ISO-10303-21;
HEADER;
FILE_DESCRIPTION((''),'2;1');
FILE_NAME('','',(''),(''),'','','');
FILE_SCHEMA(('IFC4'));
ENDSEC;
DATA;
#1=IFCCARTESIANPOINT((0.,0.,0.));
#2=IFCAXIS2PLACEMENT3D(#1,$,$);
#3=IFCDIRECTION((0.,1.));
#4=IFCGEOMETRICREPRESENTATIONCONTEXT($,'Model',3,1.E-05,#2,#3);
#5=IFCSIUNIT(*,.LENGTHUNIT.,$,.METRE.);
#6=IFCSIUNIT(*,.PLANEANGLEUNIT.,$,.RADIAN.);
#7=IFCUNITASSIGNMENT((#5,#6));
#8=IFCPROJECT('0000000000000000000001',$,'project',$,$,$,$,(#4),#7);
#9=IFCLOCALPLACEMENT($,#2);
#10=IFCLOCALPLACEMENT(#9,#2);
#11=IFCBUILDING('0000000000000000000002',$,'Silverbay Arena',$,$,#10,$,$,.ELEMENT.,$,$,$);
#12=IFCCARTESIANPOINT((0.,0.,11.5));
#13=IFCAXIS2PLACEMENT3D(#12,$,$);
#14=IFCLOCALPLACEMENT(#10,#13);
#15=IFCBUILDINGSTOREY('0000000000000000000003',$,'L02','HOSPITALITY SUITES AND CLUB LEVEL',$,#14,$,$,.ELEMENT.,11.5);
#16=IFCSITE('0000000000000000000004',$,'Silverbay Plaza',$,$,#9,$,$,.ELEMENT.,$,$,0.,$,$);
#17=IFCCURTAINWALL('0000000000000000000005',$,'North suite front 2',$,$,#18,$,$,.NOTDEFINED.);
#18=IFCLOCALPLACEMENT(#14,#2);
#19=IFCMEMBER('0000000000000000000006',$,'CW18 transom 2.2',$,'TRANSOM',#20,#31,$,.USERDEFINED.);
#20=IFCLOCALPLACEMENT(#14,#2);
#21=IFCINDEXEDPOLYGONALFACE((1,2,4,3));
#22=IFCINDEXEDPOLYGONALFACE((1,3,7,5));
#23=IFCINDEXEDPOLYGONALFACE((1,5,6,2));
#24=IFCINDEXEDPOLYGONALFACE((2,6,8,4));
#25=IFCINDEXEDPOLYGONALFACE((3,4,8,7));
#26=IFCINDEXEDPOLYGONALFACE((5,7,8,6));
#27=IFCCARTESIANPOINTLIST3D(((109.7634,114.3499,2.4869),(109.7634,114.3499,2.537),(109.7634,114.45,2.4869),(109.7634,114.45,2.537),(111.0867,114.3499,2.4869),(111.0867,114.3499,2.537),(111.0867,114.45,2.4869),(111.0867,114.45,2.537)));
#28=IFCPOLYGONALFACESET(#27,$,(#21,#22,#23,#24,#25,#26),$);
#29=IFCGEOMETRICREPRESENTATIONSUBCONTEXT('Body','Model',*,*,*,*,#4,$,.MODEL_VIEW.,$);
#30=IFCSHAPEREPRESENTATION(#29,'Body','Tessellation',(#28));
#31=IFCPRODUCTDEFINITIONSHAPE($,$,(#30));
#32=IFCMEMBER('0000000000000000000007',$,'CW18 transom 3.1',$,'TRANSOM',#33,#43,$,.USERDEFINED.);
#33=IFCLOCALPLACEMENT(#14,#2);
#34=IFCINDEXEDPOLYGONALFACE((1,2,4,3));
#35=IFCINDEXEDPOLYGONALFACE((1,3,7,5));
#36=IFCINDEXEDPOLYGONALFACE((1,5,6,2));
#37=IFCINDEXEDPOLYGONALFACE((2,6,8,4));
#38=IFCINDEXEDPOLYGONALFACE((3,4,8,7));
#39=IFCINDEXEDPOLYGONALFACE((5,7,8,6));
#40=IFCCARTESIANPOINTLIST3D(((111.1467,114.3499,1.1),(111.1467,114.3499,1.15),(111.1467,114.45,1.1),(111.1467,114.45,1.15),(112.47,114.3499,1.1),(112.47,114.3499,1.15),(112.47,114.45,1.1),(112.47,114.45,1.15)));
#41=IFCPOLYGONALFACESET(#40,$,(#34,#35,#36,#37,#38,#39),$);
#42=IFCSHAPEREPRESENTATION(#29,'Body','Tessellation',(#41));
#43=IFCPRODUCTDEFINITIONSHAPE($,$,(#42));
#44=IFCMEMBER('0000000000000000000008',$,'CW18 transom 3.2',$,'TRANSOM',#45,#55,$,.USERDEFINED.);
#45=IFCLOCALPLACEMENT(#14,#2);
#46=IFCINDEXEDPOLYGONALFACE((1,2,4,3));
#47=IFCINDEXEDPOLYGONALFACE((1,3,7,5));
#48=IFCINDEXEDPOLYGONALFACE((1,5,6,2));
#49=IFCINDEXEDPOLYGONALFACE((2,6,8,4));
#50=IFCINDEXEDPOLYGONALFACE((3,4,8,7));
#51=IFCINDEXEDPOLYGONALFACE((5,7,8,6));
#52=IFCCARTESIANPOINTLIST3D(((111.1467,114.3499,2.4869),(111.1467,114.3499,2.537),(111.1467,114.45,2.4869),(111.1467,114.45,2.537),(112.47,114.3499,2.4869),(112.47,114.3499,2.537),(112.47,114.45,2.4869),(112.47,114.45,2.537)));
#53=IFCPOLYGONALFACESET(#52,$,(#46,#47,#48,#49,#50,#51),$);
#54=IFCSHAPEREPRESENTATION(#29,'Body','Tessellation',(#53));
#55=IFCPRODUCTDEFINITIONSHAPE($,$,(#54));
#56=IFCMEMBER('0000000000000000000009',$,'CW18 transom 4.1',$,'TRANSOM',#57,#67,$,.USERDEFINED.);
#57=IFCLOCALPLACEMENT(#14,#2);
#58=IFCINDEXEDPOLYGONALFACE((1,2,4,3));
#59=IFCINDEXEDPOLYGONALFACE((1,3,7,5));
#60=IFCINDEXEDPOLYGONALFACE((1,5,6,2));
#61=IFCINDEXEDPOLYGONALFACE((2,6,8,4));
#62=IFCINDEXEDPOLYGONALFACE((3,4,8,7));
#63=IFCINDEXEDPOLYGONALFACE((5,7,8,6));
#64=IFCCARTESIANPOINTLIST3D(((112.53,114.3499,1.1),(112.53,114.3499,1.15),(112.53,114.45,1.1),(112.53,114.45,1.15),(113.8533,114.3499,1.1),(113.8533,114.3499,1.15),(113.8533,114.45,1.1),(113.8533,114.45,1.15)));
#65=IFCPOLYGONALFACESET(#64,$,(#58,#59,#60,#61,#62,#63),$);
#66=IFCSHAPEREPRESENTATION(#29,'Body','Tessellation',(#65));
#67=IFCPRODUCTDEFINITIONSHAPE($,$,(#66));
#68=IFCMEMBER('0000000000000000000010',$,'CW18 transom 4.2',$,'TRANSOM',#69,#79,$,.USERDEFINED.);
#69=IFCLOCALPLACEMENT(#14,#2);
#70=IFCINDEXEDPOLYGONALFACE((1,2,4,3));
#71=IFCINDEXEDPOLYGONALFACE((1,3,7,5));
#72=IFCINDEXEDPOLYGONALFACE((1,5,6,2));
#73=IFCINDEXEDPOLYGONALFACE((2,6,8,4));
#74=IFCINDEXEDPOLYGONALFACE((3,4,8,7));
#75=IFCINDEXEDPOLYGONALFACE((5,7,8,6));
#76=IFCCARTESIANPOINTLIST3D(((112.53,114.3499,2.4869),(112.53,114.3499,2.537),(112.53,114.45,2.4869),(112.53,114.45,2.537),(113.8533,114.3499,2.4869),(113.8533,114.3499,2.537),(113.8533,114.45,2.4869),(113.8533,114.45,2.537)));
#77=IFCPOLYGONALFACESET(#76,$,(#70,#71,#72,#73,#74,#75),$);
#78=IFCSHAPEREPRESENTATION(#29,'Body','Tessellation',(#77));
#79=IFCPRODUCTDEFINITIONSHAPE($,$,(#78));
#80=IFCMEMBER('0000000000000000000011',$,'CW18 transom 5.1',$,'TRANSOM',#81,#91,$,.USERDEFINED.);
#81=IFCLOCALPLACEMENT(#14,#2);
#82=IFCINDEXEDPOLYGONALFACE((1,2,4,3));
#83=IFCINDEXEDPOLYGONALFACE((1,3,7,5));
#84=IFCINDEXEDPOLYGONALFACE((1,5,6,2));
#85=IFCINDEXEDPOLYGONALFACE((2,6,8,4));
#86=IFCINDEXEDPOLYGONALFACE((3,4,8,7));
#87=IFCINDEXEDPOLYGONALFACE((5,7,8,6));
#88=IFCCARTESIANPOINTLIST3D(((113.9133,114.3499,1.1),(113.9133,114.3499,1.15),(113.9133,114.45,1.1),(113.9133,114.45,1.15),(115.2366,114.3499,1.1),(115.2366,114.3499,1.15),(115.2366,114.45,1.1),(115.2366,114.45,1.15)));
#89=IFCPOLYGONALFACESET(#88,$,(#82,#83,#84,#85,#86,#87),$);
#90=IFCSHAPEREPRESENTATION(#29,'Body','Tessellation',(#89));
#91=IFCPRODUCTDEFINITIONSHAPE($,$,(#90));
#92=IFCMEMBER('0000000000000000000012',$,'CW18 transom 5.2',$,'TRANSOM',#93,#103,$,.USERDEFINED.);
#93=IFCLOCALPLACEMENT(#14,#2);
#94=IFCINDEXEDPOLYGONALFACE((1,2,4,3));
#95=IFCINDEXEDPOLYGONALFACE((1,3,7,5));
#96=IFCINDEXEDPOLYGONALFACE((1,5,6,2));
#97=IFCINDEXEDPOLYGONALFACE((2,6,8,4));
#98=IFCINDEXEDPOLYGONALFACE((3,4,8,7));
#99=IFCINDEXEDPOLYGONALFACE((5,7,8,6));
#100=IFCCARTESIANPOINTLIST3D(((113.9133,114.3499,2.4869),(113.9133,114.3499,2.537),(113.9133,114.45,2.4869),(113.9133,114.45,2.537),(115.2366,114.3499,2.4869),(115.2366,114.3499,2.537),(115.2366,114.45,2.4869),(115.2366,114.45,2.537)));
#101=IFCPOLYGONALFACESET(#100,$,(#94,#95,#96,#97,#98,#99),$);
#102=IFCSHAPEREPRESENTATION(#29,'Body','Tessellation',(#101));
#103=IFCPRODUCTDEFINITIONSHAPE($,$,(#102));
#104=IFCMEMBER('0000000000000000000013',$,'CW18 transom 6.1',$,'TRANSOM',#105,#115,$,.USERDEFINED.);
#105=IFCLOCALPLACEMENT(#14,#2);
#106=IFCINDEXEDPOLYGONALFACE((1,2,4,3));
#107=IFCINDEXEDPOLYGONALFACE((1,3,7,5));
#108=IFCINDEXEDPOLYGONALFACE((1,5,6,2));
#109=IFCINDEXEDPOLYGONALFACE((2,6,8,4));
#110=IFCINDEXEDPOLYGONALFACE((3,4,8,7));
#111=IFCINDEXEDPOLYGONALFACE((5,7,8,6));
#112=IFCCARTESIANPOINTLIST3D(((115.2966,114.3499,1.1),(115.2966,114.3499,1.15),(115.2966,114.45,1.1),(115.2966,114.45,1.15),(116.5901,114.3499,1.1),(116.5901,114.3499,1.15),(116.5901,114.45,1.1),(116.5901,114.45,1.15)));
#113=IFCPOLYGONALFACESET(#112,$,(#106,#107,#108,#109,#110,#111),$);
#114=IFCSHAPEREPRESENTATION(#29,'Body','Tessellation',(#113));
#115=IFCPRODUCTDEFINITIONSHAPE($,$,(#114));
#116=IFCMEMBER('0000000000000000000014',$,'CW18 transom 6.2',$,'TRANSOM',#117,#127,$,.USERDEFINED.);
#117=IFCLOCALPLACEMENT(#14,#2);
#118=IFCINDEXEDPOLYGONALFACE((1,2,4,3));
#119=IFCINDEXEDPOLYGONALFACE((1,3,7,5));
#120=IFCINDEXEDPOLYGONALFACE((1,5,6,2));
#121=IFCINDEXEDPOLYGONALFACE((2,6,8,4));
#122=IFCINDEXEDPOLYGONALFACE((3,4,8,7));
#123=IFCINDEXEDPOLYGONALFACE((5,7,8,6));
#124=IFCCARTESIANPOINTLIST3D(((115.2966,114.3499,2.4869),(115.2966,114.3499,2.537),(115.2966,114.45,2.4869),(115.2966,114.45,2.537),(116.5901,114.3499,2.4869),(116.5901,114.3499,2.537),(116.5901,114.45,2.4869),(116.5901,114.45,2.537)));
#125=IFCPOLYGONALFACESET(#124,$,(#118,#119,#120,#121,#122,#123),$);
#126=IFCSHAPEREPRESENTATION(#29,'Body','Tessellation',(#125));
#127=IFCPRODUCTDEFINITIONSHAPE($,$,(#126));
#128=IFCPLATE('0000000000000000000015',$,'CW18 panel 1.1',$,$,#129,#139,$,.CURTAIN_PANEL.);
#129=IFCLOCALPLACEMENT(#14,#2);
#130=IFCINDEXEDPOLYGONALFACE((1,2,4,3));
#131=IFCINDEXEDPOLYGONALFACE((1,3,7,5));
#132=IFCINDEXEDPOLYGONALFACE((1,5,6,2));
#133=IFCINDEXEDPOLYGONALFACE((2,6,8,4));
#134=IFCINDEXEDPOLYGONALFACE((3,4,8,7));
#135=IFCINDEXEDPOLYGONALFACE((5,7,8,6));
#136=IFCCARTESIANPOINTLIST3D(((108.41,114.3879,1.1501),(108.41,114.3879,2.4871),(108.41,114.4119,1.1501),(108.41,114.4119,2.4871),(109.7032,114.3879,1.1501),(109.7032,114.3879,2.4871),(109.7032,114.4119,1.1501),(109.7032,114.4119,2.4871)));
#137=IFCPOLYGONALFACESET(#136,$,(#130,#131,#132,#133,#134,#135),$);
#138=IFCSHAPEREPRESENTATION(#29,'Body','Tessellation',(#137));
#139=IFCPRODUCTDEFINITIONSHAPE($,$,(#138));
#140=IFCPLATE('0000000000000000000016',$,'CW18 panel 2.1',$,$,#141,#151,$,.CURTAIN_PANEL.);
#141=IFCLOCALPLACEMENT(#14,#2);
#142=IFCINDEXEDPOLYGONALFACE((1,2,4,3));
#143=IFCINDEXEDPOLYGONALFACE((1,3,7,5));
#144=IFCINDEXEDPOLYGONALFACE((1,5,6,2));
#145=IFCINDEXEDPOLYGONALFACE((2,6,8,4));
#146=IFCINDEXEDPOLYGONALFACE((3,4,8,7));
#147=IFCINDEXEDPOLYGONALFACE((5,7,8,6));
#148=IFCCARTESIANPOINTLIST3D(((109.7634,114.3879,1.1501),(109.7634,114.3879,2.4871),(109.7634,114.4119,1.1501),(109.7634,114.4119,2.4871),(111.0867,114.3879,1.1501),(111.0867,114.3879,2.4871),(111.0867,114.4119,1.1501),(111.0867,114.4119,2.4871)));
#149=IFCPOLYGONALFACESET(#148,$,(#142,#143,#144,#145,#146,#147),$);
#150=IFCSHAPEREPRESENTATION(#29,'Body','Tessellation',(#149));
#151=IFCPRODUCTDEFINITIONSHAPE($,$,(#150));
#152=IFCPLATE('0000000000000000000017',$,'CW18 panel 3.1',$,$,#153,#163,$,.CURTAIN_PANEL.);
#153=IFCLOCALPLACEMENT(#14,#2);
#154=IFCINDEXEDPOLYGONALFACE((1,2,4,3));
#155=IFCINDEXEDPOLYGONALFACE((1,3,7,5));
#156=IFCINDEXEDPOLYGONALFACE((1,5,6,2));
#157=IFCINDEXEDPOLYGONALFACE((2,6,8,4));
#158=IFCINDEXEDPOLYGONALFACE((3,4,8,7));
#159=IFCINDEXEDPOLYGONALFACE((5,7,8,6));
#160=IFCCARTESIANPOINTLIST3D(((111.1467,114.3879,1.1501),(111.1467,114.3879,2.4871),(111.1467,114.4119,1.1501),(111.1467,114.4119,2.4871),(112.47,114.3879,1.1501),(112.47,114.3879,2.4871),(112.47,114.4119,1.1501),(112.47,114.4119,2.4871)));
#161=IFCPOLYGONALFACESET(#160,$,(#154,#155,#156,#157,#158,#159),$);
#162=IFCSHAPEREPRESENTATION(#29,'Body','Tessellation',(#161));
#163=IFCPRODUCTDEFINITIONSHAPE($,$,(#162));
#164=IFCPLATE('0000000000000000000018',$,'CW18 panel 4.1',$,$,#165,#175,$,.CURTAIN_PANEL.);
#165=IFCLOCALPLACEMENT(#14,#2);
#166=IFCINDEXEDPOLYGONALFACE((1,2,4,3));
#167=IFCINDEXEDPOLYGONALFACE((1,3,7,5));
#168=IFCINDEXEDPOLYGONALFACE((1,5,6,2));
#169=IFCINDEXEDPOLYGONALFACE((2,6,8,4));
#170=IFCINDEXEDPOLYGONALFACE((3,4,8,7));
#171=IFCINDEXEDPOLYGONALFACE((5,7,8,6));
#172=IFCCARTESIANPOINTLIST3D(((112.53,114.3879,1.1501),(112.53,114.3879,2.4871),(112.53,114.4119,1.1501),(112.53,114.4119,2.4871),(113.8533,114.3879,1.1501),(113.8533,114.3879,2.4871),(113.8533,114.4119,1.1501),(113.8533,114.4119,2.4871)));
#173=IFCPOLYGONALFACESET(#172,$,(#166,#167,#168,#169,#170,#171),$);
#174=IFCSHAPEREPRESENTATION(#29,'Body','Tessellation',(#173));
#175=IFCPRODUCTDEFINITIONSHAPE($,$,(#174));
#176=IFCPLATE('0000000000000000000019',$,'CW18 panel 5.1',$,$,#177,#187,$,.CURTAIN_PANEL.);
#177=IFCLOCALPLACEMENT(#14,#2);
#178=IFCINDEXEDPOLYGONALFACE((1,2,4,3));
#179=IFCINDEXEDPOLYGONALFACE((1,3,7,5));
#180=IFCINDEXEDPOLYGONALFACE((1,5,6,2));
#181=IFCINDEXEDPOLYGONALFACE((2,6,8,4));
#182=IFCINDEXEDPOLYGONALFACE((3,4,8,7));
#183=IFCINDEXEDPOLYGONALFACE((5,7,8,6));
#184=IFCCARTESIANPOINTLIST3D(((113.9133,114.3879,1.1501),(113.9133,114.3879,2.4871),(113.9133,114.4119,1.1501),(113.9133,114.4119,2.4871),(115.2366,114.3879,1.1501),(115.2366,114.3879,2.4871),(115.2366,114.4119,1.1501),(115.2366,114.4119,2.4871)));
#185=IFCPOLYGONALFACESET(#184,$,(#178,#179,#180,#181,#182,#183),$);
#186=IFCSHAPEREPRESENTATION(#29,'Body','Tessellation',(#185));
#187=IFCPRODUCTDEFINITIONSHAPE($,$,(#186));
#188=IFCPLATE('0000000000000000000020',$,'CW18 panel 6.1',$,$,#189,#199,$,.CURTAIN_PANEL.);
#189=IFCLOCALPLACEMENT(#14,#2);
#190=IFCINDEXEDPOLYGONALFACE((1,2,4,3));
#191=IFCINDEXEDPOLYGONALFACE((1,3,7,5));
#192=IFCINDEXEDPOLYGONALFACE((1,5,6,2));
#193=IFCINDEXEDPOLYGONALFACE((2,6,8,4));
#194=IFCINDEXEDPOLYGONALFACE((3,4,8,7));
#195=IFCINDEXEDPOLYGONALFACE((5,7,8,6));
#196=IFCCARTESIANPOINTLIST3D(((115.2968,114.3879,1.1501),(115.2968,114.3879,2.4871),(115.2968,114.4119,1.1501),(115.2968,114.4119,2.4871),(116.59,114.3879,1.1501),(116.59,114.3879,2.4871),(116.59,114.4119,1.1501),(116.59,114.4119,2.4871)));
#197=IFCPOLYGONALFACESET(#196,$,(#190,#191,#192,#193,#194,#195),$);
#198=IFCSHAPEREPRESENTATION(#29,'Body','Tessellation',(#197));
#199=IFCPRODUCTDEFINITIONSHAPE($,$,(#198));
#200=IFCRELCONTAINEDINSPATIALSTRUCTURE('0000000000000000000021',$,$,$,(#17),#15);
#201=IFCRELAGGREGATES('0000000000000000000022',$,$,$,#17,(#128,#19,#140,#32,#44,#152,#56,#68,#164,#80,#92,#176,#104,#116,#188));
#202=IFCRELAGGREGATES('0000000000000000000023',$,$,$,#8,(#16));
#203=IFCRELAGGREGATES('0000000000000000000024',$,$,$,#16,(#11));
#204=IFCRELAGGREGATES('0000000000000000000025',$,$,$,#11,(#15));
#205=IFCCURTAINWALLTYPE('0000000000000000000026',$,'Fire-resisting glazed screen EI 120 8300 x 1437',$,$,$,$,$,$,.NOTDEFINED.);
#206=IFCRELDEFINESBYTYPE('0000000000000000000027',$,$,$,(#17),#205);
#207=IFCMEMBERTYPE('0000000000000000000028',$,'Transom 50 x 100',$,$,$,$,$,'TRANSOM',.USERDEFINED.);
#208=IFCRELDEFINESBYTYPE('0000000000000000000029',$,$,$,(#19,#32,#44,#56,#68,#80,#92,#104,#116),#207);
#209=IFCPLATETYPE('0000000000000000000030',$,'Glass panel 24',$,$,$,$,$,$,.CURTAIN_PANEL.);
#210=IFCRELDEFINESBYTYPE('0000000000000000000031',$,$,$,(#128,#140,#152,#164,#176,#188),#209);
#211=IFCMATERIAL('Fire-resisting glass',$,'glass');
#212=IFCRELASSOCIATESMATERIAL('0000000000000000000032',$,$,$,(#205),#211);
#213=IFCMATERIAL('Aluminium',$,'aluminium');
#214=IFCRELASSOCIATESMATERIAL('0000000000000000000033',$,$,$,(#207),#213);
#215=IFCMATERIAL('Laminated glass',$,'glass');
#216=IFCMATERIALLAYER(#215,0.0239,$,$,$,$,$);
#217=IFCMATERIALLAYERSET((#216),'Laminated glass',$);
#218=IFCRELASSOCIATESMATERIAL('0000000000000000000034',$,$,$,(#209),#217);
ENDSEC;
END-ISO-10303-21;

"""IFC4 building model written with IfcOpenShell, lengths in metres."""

from ifc_helpers import new_model, si_unit, direction, frame, origin, origin_2d, place, context, subcontext, project, spatial, rectangle, extrude, material, layer, layer_set, material_profile, profile_set, type_object, element, aggregate, save


model = new_model("IFC4")

# Units and contexts
model_context = context("Model", 3, precision=1e-05, world=origin(), true_north=direction((0.0, 1.0)))
body_context = subcontext(model_context, "Body", "Model", "MODEL_VIEW")
ifc_project = project(units=[si_unit("LENGTHUNIT", "METRE"), si_unit("PLANEANGLEUNIT", "RADIAN")], contexts=[model_context])

# Site, building, storey
site_placement = place(None, origin())
site = spatial("IfcSite", under=ifc_project, at=site_placement, Name="Silverbay Plaza", CompositionType="ELEMENT", RefElevation=0.0)
building_placement = place(site_placement, origin())
building = spatial("IfcBuilding", under=site, at=building_placement, Name="Silverbay Arena", CompositionType="ELEMENT")
storey_placement = place(building_placement, frame((0.0, 0.0, 11.5)))
storey = spatial("IfcBuildingStorey", under=building, at=storey_placement, Name="L02", Description="HOSPITALITY SUITES AND CLUB LEVEL", CompositionType="ELEMENT", Elevation=11.5)

# Curtain wall
ifc_material_1 = material(Name="Fire-resisting glass", Category="glass")
curtain_wall_type_1 = type_object("IfcCurtainWallType", Name="Fire-resisting glazed screen EI 120 8300 x 1437", PredefinedType="NOTDEFINED", material=ifc_material_1)
curtain_wall_1_placement = place(storey_placement, origin())
curtain_wall_1 = element("IfcCurtainWall", 1, at=curtain_wall_1_placement, inside=storey, type_object=curtain_wall_type_1, Name="North suite front 2", PredefinedType="NOTDEFINED")

# Members
ifc_material_2 = material(Name="Aluminium", Category="aluminium")
ifc_material_profile_1 = material_profile(ifc_material_2, rectangle(XDim=0.1001, YDim=0.05, at=origin_2d()), Name="Transom 50 x 100")
ifc_profile_set_1 = profile_set([ifc_material_profile_1], Name="Aluminium")
member_type_1 = type_object("IfcMemberType", Name="Transom 50 x 100", ElementType="TRANSOM", PredefinedType="USERDEFINED", material=ifc_profile_set_1)
member_1_placement = place(storey_placement, frame((109.7634, 114.3999, 2.512), z_axis=(1.0, 0.0, 0.0), x_axis=(0.0, 1.0, 0.0)))
member_1 = element("IfcMember", 2, at=member_1_placement, type_object=member_type_1, Name="CW18 transom 2.2", ObjectType="TRANSOM", PredefinedType="USERDEFINED", context=body_context, shape_type="SweptSolid", body=[
    extrude(rectangle(XDim=0.1001, YDim=0.05, at=origin_2d()), origin(), (0.0, 0.0, 1.0), 1.3232),
])
member_2_placement = place(storey_placement, frame((111.1467, 114.3999, 1.125), z_axis=(1.0, 0.0, 0.0), x_axis=(0.0, 1.0, 0.0)))
member_2 = element("IfcMember", 3, at=member_2_placement, type_object=member_type_1, Name="CW18 transom 3.1", ObjectType="TRANSOM", PredefinedType="USERDEFINED", context=body_context, shape_type="SweptSolid", body=[
    extrude(rectangle(XDim=0.1001, YDim=0.05, at=origin_2d()), origin(), (0.0, 0.0, 1.0), 1.3232),
])
member_3_placement = place(storey_placement, frame((111.1467, 114.3999, 2.512), z_axis=(1.0, 0.0, 0.0), x_axis=(0.0, 1.0, 0.0)))
member_3 = element("IfcMember", 4, at=member_3_placement, type_object=member_type_1, Name="CW18 transom 3.2", ObjectType="TRANSOM", PredefinedType="USERDEFINED", context=body_context, shape_type="SweptSolid", body=[
    extrude(rectangle(XDim=0.1001, YDim=0.05, at=origin_2d()), origin(), (0.0, 0.0, 1.0), 1.3232),
])
member_4_placement = place(storey_placement, frame((112.53, 114.3999, 1.125), z_axis=(1.0, 0.0, 0.0), x_axis=(0.0, 1.0, 0.0)))
member_4 = element("IfcMember", 5, at=member_4_placement, type_object=member_type_1, Name="CW18 transom 4.1", ObjectType="TRANSOM", PredefinedType="USERDEFINED", context=body_context, shape_type="SweptSolid", body=[
    extrude(rectangle(XDim=0.1001, YDim=0.05, at=origin_2d()), origin(), (0.0, 0.0, 1.0), 1.3232),
])
member_5_placement = place(storey_placement, frame((112.53, 114.3999, 2.512), z_axis=(1.0, 0.0, 0.0), x_axis=(0.0, 1.0, 0.0)))
member_5 = element("IfcMember", 6, at=member_5_placement, type_object=member_type_1, Name="CW18 transom 4.2", ObjectType="TRANSOM", PredefinedType="USERDEFINED", context=body_context, shape_type="SweptSolid", body=[
    extrude(rectangle(XDim=0.1001, YDim=0.05, at=origin_2d()), origin(), (0.0, 0.0, 1.0), 1.3232),
])
member_6_placement = place(storey_placement, frame((113.9133, 114.3999, 1.125), z_axis=(1.0, 0.0, 0.0), x_axis=(0.0, 1.0, 0.0)))
member_6 = element("IfcMember", 7, at=member_6_placement, type_object=member_type_1, Name="CW18 transom 5.1", ObjectType="TRANSOM", PredefinedType="USERDEFINED", context=body_context, shape_type="SweptSolid", body=[
    extrude(rectangle(XDim=0.1001, YDim=0.05, at=origin_2d()), origin(), (0.0, 0.0, 1.0), 1.3232),
])
member_7_placement = place(storey_placement, frame((113.9133, 114.3999, 2.512), z_axis=(1.0, 0.0, 0.0), x_axis=(0.0, 1.0, 0.0)))
member_7 = element("IfcMember", 8, at=member_7_placement, type_object=member_type_1, Name="CW18 transom 5.2", ObjectType="TRANSOM", PredefinedType="USERDEFINED", context=body_context, shape_type="SweptSolid", body=[
    extrude(rectangle(XDim=0.1001, YDim=0.05, at=origin_2d()), origin(), (0.0, 0.0, 1.0), 1.3232),
])
member_8_placement = place(storey_placement, frame((115.2966, 114.3999, 1.125), z_axis=(1.0, 0.0, 0.0), x_axis=(0.0, 1.0, 0.0)))
member_8 = element("IfcMember", 9, at=member_8_placement, type_object=member_type_1, Name="CW18 transom 6.1", ObjectType="TRANSOM", PredefinedType="USERDEFINED", context=body_context, shape_type="SweptSolid", body=[
    extrude(rectangle(XDim=0.1001, YDim=0.05, at=origin_2d()), origin(), (0.0, 0.0, 1.0), 1.2935),
])
member_9_placement = place(storey_placement, frame((115.2966, 114.3999, 2.512), z_axis=(1.0, 0.0, 0.0), x_axis=(0.0, 1.0, 0.0)))
member_9 = element("IfcMember", 10, at=member_9_placement, type_object=member_type_1, Name="CW18 transom 6.2", ObjectType="TRANSOM", PredefinedType="USERDEFINED", context=body_context, shape_type="SweptSolid", body=[
    extrude(rectangle(XDim=0.1001, YDim=0.05, at=origin_2d()), origin(), (0.0, 0.0, 1.0), 1.2935),
])

# Plates
ifc_material_3 = material(Name="Laminated glass", Category="glass")
ifc_layer_1 = layer(ifc_material_3, 0.0239)
ifc_layer_set_1 = layer_set([ifc_layer_1], Name="Laminated glass")
plate_type = type_object("IfcPlateType", Name="Glass panel 24", PredefinedType="CURTAIN_PANEL", material=ifc_layer_set_1)
plate_1_placement = place(storey_placement, frame((109.0566, 114.3999, 1.1501), z_axis=(0.0, 0.0, 1.0), x_axis=(1.0, 0.0, 0.0)))
plate_1 = element("IfcPlate", 11, at=plate_1_placement, type_object=plate_type, Name="CW18 panel 1.1", PredefinedType="CURTAIN_PANEL", context=body_context, shape_type="SweptSolid", body=[
    extrude(rectangle(XDim=1.2932, YDim=0.0239, at=origin_2d()), origin(), (0.0, 0.0, 1.0), 1.3369),
])
plate_2_placement = place(storey_placement, frame((110.425, 114.3999, 1.1501), z_axis=(0.0, 0.0, 1.0), x_axis=(1.0, 0.0, 0.0)))
plate_2 = element("IfcPlate", 12, at=plate_2_placement, type_object=plate_type, Name="CW18 panel 2.1", PredefinedType="CURTAIN_PANEL", context=body_context, shape_type="SweptSolid", body=[
    extrude(rectangle(XDim=1.3232, YDim=0.0239, at=origin_2d()), origin(), (0.0, 0.0, 1.0), 1.3369),
])
plate_3_placement = place(storey_placement, frame((111.8083, 114.3999, 1.1501), z_axis=(0.0, 0.0, 1.0), x_axis=(1.0, 0.0, 0.0)))
plate_3 = element("IfcPlate", 13, at=plate_3_placement, type_object=plate_type, Name="CW18 panel 3.1", PredefinedType="CURTAIN_PANEL", context=body_context, shape_type="SweptSolid", body=[
    extrude(rectangle(XDim=1.3232, YDim=0.0239, at=origin_2d()), origin(), (0.0, 0.0, 1.0), 1.3369),
])
plate_4_placement = place(storey_placement, frame((113.1917, 114.3999, 1.1501), z_axis=(0.0, 0.0, 1.0), x_axis=(1.0, 0.0, 0.0)))
plate_4 = element("IfcPlate", 14, at=plate_4_placement, type_object=plate_type, Name="CW18 panel 4.1", PredefinedType="CURTAIN_PANEL", context=body_context, shape_type="SweptSolid", body=[
    extrude(rectangle(XDim=1.3232, YDim=0.0239, at=origin_2d()), origin(), (0.0, 0.0, 1.0), 1.3369),
])
plate_5_placement = place(storey_placement, frame((114.575, 114.3999, 1.1501), z_axis=(0.0, 0.0, 1.0), x_axis=(1.0, 0.0, 0.0)))
plate_5 = element("IfcPlate", 15, at=plate_5_placement, type_object=plate_type, Name="CW18 panel 5.1", PredefinedType="CURTAIN_PANEL", context=body_context, shape_type="SweptSolid", body=[
    extrude(rectangle(XDim=1.3232, YDim=0.0239, at=origin_2d()), origin(), (0.0, 0.0, 1.0), 1.3369),
])
plate_6_placement = place(storey_placement, frame((115.9434, 114.3999, 1.1501), z_axis=(0.0, 0.0, 1.0), x_axis=(1.0, 0.0, 0.0)))
plate_6 = element("IfcPlate", 16, at=plate_6_placement, type_object=plate_type, Name="CW18 panel 6.1", PredefinedType="CURTAIN_PANEL", context=body_context, shape_type="SweptSolid", body=[
    extrude(rectangle(XDim=1.2932, YDim=0.0239, at=origin_2d()), origin(), (0.0, 0.0, 1.0), 1.3369),
])
aggregate(curtain_wall_1, [plate_1, member_1, plate_2, member_2, member_3, plate_3, member_4, member_5, plate_4, member_6, member_7, plate_5, member_8, member_9, plate_6])

save(model, "model.ifc")
